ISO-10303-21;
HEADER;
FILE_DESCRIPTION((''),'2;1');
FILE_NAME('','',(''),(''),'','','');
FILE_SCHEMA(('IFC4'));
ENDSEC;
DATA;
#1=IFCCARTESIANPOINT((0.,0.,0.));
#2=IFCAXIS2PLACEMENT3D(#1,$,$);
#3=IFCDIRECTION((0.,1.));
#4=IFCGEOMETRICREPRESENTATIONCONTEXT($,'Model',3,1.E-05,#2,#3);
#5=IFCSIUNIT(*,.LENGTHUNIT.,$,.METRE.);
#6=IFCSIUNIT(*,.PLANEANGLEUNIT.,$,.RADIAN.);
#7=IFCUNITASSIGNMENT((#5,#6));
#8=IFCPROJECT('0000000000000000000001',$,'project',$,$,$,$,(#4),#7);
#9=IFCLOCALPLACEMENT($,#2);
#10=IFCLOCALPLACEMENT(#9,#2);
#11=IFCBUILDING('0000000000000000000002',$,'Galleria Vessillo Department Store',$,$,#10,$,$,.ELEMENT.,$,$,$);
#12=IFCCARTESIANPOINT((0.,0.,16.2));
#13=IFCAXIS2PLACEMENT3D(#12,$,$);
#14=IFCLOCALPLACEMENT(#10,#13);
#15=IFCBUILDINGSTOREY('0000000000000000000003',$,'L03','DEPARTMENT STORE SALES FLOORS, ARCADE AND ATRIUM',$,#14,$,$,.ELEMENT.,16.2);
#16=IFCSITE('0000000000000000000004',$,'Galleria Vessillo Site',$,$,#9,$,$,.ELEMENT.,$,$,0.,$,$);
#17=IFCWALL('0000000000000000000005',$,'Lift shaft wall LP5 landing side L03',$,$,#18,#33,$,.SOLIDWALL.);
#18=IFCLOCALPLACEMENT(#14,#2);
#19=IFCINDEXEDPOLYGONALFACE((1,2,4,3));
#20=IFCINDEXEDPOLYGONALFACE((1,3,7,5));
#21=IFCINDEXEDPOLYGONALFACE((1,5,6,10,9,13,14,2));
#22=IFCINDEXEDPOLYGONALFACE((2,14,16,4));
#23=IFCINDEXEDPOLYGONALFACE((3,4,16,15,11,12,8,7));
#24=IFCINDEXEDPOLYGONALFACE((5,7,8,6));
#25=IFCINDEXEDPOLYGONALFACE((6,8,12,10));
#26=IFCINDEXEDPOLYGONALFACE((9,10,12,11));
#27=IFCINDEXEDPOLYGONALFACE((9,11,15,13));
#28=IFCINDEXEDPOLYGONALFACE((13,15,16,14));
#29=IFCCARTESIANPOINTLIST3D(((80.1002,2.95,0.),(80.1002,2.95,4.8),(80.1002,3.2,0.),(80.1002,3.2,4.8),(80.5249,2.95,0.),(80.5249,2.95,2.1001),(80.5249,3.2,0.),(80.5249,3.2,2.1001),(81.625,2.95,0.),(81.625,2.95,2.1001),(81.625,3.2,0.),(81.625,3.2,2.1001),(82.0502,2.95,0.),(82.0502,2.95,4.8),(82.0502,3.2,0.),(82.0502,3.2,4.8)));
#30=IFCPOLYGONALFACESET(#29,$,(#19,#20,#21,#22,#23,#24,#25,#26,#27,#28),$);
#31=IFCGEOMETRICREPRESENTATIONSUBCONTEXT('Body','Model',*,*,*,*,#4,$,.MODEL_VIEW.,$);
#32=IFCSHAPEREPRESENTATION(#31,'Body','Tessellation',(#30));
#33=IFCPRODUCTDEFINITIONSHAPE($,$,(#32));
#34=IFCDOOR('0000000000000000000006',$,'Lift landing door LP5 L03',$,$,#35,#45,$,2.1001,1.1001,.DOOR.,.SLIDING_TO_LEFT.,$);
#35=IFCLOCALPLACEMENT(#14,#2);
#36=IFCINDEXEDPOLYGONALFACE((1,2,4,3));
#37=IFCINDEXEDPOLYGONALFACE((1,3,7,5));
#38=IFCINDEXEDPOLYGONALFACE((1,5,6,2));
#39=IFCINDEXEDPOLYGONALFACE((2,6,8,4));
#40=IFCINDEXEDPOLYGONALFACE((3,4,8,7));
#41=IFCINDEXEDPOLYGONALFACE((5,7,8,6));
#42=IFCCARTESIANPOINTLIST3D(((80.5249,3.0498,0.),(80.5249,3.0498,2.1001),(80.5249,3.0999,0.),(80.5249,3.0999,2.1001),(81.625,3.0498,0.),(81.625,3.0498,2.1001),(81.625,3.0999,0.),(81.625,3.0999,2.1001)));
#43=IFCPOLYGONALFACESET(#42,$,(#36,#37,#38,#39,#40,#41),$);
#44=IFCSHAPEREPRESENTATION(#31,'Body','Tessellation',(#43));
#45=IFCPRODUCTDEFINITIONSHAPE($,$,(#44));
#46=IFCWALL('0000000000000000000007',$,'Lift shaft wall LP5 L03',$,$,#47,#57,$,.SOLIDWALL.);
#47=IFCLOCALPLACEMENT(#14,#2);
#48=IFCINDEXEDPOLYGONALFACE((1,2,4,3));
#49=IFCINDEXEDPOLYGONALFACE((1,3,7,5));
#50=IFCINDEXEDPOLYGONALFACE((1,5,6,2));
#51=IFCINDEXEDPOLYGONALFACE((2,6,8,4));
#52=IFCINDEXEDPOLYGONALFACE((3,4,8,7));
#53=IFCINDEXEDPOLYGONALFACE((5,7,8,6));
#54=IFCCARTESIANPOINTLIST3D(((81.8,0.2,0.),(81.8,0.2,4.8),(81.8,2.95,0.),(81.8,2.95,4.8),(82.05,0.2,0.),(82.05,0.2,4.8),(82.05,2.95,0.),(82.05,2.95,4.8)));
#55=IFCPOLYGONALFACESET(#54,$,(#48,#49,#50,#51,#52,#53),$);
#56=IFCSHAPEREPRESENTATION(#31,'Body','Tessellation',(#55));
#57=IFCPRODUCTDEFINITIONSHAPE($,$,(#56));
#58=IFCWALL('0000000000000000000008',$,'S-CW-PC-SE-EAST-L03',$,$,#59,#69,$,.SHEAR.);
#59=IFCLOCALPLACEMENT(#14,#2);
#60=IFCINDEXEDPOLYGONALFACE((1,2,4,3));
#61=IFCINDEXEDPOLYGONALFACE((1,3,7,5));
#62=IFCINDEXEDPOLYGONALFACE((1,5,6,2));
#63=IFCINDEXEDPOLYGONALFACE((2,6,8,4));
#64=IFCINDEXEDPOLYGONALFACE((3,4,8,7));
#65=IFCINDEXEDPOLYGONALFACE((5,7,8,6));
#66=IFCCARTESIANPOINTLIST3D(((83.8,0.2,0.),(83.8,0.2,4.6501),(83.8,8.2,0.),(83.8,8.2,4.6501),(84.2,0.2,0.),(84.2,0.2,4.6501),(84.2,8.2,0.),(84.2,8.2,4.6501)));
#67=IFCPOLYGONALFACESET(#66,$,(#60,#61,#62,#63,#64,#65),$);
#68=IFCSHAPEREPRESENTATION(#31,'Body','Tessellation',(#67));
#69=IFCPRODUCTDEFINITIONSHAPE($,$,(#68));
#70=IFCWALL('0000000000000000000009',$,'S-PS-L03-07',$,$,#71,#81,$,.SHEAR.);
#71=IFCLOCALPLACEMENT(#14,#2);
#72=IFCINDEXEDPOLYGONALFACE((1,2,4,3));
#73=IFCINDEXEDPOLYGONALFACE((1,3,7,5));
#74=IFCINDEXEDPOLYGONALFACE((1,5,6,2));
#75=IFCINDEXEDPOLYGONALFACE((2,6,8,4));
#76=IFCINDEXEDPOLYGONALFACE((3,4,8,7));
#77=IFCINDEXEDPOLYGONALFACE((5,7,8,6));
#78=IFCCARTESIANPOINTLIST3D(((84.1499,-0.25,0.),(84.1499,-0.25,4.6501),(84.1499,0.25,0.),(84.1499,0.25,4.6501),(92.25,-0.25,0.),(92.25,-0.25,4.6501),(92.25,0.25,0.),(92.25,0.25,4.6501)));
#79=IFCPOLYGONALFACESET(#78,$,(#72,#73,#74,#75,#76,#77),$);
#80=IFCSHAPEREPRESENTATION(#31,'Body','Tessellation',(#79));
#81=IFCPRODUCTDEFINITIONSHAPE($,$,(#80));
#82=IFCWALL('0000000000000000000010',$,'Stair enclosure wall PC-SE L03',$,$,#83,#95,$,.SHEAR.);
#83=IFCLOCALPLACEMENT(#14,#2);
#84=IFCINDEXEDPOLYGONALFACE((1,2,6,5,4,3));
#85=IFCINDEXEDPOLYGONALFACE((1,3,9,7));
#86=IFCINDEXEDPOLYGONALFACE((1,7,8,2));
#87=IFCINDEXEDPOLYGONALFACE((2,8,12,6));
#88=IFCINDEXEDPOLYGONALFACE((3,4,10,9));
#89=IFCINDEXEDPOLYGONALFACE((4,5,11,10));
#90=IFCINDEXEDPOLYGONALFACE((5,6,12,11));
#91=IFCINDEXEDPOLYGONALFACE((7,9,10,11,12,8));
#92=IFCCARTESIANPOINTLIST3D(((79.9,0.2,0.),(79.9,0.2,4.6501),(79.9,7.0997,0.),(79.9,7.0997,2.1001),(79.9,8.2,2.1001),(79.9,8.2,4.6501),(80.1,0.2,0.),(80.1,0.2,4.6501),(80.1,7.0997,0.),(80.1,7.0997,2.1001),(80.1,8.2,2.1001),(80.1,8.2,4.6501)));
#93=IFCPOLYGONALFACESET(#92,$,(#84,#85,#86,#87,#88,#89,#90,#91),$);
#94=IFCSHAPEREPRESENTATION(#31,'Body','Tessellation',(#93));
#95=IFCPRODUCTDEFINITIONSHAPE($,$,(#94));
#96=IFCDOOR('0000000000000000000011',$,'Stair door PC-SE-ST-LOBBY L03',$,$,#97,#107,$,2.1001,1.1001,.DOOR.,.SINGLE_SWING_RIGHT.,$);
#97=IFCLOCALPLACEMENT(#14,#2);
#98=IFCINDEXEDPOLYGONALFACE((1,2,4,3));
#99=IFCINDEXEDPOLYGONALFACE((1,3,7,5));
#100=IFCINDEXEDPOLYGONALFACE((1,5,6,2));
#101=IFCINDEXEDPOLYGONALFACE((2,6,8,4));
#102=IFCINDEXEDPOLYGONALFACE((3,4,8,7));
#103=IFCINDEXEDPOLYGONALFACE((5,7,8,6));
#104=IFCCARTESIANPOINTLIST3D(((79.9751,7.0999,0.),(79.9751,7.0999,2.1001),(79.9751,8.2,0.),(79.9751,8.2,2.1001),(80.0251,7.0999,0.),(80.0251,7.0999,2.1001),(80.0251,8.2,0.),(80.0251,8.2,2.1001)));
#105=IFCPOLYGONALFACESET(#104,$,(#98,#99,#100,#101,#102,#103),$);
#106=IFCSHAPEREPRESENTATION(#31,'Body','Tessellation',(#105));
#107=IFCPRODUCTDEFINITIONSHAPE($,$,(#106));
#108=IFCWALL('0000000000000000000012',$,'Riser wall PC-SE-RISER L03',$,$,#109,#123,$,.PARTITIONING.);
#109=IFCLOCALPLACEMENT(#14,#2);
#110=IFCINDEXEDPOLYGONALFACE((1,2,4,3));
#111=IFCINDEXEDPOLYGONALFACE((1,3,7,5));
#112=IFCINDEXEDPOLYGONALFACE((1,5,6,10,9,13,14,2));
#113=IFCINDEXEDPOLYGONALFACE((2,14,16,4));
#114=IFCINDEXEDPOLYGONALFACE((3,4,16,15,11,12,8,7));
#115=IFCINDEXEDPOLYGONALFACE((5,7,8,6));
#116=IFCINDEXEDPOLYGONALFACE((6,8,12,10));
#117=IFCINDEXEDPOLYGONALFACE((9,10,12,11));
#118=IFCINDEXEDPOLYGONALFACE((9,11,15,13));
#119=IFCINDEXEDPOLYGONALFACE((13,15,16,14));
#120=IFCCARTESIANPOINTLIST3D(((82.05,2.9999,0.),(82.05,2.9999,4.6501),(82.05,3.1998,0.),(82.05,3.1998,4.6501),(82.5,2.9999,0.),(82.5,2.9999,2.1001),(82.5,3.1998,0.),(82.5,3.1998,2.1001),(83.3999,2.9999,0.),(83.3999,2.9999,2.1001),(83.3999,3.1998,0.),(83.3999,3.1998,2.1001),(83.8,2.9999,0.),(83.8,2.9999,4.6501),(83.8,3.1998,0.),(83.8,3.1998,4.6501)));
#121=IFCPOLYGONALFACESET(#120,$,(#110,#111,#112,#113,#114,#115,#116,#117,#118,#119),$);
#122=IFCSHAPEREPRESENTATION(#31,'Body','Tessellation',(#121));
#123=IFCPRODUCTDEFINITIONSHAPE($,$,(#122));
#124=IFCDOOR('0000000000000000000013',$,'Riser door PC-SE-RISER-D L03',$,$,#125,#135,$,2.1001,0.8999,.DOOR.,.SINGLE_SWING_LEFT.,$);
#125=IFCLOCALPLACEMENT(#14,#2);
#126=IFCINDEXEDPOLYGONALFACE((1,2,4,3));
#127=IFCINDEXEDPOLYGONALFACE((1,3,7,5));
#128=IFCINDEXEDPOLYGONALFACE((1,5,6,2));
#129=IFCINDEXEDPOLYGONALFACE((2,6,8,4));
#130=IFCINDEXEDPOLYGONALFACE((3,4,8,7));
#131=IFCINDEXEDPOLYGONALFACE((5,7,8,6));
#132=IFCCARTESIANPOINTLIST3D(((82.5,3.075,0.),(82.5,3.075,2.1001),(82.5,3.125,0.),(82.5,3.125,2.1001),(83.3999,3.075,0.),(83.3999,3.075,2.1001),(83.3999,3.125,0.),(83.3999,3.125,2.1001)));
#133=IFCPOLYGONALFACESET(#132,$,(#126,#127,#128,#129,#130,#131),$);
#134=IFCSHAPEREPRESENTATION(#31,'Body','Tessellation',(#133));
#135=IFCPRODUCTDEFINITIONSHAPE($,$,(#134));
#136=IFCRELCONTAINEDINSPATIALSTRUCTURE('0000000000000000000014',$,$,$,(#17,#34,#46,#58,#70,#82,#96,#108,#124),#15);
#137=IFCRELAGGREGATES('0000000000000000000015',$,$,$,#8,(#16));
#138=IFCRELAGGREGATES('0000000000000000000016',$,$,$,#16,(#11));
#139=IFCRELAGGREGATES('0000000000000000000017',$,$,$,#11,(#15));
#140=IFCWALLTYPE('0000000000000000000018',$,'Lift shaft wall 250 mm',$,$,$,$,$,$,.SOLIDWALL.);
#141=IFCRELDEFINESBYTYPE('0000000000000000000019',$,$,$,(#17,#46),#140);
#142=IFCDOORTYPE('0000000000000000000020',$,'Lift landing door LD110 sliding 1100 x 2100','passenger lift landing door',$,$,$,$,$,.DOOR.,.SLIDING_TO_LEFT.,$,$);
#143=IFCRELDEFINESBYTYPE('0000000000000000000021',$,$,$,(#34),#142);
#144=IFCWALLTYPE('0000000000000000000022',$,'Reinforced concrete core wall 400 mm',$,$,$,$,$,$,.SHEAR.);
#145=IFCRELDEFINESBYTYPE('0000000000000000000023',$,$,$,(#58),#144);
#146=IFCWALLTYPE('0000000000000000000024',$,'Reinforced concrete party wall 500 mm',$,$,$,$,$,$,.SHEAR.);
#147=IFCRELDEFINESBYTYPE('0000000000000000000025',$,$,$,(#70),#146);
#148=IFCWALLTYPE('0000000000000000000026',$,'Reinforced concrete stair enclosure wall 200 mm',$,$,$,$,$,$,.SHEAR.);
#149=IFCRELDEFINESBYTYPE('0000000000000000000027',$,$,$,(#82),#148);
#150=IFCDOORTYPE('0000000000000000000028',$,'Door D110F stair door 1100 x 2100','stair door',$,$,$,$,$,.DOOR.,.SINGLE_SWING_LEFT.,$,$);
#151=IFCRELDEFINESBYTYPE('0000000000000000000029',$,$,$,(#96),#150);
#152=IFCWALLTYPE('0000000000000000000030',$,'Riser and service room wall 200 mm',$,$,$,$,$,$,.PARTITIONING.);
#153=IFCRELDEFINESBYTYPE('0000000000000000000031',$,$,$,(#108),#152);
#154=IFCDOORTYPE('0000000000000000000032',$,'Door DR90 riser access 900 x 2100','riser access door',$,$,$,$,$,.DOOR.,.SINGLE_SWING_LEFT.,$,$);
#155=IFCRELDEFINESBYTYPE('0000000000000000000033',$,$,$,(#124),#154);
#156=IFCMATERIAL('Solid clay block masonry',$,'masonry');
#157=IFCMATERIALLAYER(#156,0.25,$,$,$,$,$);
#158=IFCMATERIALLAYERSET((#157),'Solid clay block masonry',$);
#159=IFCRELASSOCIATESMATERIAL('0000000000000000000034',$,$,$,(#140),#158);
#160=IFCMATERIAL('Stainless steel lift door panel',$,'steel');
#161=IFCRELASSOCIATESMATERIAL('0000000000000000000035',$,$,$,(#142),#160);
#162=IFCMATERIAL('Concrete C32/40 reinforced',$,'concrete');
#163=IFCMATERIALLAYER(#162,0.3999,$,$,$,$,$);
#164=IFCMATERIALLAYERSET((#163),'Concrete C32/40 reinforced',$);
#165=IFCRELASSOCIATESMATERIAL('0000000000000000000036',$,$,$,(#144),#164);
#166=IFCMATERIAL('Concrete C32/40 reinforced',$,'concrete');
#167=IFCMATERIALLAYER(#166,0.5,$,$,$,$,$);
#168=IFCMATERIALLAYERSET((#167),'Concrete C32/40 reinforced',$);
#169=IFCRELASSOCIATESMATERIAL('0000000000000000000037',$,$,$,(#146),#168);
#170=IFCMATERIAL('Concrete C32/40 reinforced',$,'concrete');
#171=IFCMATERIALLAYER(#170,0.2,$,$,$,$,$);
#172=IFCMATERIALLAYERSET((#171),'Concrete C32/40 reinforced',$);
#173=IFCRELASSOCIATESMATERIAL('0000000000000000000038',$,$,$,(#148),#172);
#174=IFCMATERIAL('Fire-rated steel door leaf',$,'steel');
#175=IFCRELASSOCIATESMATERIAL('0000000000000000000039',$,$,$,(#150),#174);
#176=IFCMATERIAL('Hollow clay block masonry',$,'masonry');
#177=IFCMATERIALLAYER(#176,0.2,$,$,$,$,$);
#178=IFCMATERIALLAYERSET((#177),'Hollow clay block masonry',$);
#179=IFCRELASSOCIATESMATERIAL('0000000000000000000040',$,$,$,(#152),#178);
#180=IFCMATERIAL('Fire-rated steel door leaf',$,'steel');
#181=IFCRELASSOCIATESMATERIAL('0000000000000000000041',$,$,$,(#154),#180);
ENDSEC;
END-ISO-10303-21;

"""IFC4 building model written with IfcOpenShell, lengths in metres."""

from ifc_helpers import new_model, si_unit, direction, frame, frame_2d, origin, place, context, subcontext, project, spatial, rectangle, extrude, material, layer, layer_set, type_object, element, fill, save


model = new_model("IFC4")

# Units and contexts
model_context = context("Model", 3, precision=1e-05, world=origin(), true_north=direction((0.0, 1.0)))
body_context = subcontext(model_context, "Body", "Model", "MODEL_VIEW")
ifc_project = project(units=[si_unit("LENGTHUNIT", "METRE"), si_unit("PLANEANGLEUNIT", "RADIAN")], contexts=[model_context])

# Site, building, storey
site_placement = place(None, origin())
site = spatial("IfcSite", under=ifc_project, at=site_placement, Name="Galleria Vessillo Site", CompositionType="ELEMENT", RefElevation=0.0)
building_placement = place(site_placement, origin())
building = spatial("IfcBuilding", under=site, at=building_placement, Name="Galleria Vessillo Department Store", CompositionType="ELEMENT")
storey_placement = place(building_placement, frame((0.0, 0.0, 16.2)))
storey = spatial("IfcBuildingStorey", under=building, at=storey_placement, Name="L03", Description="DEPARTMENT STORE SALES FLOORS, ARCADE AND ATRIUM", CompositionType="ELEMENT", Elevation=16.2)

# Wall, opening, door
ifc_material_1 = material(Name="Solid clay block masonry", Category="masonry")
ifc_layer_1 = layer(ifc_material_1, 0.25)
ifc_layer_set_1 = layer_set([ifc_layer_1], Name="Solid clay block masonry")
wall_type_1 = type_object("IfcWallType", Name="Lift shaft wall 250 mm", PredefinedType="SOLIDWALL", material=ifc_layer_set_1)
wall_1_placement = place(storey_placement, frame((80.1001, 3.075, 0.0), z_axis=(0.0, 0.0, 1.0), x_axis=(1.0, 0.0, 0.0)))
wall_1 = element("IfcWall", 1, at=wall_1_placement, inside=storey, type_object=wall_type_1, Name="Lift shaft wall LP5 landing side L03", PredefinedType="SOLIDWALL", context=body_context, shape_type="SweptSolid", body=[
    extrude(rectangle(XDim=1.95, YDim=0.25, at=frame_2d((0.9751, 0.0))), origin(), (0.0, 0.0, 1.0), 4.8),
])
opening_1_placement = place(wall_1_placement, frame((0.4248, 0.0, 0.0)))
opening_1 = element("IfcOpeningElement", 2, at=opening_1_placement, cuts=wall_1, PredefinedType="OPENING", context=body_context, shape_type="SweptSolid", body=[
    extrude(rectangle(XDim=1.1001, YDim=2.1001, at=frame_2d((0.55, 1.05))), frame((0.0, 0.135, 0.0), z_axis=(0.0, -1.0, 0.0), x_axis=(1.0, 0.0, 0.0)), (0.0, 0.0, 1.0), 0.27),
])
ifc_material_2 = material(Name="Stainless steel lift door panel", Category="steel")
door_type_1 = type_object("IfcDoorType", Name="Lift landing door LD110 sliding 1100 x 2100", Description="passenger lift landing door", OperationType="SLIDING_TO_LEFT", PredefinedType="DOOR", material=ifc_material_2)
door_1_placement = place(opening_1_placement, origin())
door_1 = element("IfcDoor", 3, at=door_1_placement, inside=storey, type_object=door_type_1, Name="Lift landing door LP5 L03", OperationType="SLIDING_TO_LEFT", OverallHeight=2.1001, OverallWidth=1.1001, PredefinedType="DOOR", context=body_context, shape_type="SweptSolid", body=[
    extrude(rectangle(XDim=1.1001, YDim=2.1001, at=frame_2d((0.55, 1.05))), frame((0.0, 0.0249, 0.0), z_axis=(0.0, -1.0, 0.0), x_axis=(1.0, 0.0, 0.0)), (0.0, 0.0, 1.0), 0.05),
])
fill(opening_1, door_1)

# Walls
wall_2_placement = place(storey_placement, frame((81.925, 0.2, 0.0), z_axis=(0.0, 0.0, 1.0), x_axis=(0.0, 1.0, 0.0)))
element("IfcWall", 4, at=wall_2_placement, inside=storey, type_object=wall_type_1, Name="Lift shaft wall LP5 L03", PredefinedType="SOLIDWALL", context=body_context, shape_type="SweptSolid", body=[
    extrude(rectangle(XDim=2.75, YDim=0.25, at=frame_2d((1.375, 0.0))), origin(), (0.0, 0.0, 1.0), 4.8),
])
ifc_material_3 = material(Name="Concrete C32/40 reinforced", Category="concrete")
ifc_layer_2 = layer(ifc_material_3, 0.3999)
ifc_layer_set_2 = layer_set([ifc_layer_2], Name="Concrete C32/40 reinforced")
wall_type_2 = type_object("IfcWallType", Name="Reinforced concrete core wall 400 mm", PredefinedType="SHEAR", material=ifc_layer_set_2)
wall_3_placement = place(storey_placement, frame((84.0, 0.2, 0.0), z_axis=(0.0, 0.0, 1.0), x_axis=(0.0, 1.0, 0.0)))
element("IfcWall", 5, at=wall_3_placement, inside=storey, type_object=wall_type_2, Name="S-CW-PC-SE-EAST-L03", PredefinedType="SHEAR", context=body_context, shape_type="SweptSolid", body=[
    extrude(rectangle(XDim=8.0, YDim=0.3999, at=frame_2d((4.0, 0.0))), origin(), (0.0, 0.0, 1.0), 4.6501),
])
ifc_material_4 = material(Name="Concrete C32/40 reinforced", Category="concrete")
ifc_layer_3 = layer(ifc_material_4, 0.5)
ifc_layer_set_3 = layer_set([ifc_layer_3], Name="Concrete C32/40 reinforced")
wall_type_3 = type_object("IfcWallType", Name="Reinforced concrete party wall 500 mm", PredefinedType="SHEAR", material=ifc_layer_set_3)
wall_4_placement = place(storey_placement, frame((84.1499, 0.0, 0.0), z_axis=(0.0, 0.0, 1.0), x_axis=(1.0, 0.0, 0.0)))
element("IfcWall", 6, at=wall_4_placement, inside=storey, type_object=wall_type_3, Name="S-PS-L03-07", PredefinedType="SHEAR", context=body_context, shape_type="SweptSolid", body=[
    extrude(rectangle(XDim=8.1001, YDim=0.5, at=frame_2d((4.05, 0.0))), origin(), (0.0, 0.0, 1.0), 4.6501),
])

# Walls, openings, doors
ifc_material_5 = material(Name="Concrete C32/40 reinforced", Category="concrete")
ifc_layer_4 = layer(ifc_material_5, 0.2)
ifc_layer_set_4 = layer_set([ifc_layer_4], Name="Concrete C32/40 reinforced")
wall_type_4 = type_object("IfcWallType", Name="Reinforced concrete stair enclosure wall 200 mm", PredefinedType="SHEAR", material=ifc_layer_set_4)
wall_5_placement = place(storey_placement, frame((80.0, 0.2, 0.0), z_axis=(0.0, 0.0, 1.0), x_axis=(0.0, 1.0, 0.0)))
wall_5 = element("IfcWall", 7, at=wall_5_placement, inside=storey, type_object=wall_type_4, Name="Stair enclosure wall PC-SE L03", PredefinedType="SHEAR", context=body_context, shape_type="SweptSolid", body=[
    extrude(rectangle(XDim=8.0, YDim=0.2, at=frame_2d((4.0, 0.0))), origin(), (0.0, 0.0, 1.0), 4.6501),
])
opening_2_placement = place(wall_5_placement, frame((6.8999, 0.0, 0.0)))
opening_2 = element("IfcOpeningElement", 8, at=opening_2_placement, cuts=wall_5, PredefinedType="OPENING", context=body_context, shape_type="SweptSolid", body=[
    extrude(rectangle(XDim=1.1101, YDim=2.1001, at=frame_2d((0.5549, 1.05))), frame((0.0, 0.1099, 0.0), z_axis=(0.0, -1.0, 0.0), x_axis=(1.0, 0.0, 0.0)), (0.0, 0.0, 1.0), 0.22),
])
ifc_material_6 = material(Name="Fire-rated steel door leaf", Category="steel")
door_type_2 = type_object("IfcDoorType", Name="Door D110F stair door 1100 x 2100", Description="stair door", OperationType="SINGLE_SWING_LEFT", PredefinedType="DOOR", material=ifc_material_6)
door_2_placement = place(opening_2_placement, origin())
door_2 = element("IfcDoor", 9, at=door_2_placement, inside=storey, type_object=door_type_2, Name="Stair door PC-SE-ST-LOBBY L03", OperationType="SINGLE_SWING_RIGHT", OverallHeight=2.1001, OverallWidth=1.1001, PredefinedType="DOOR", context=body_context, shape_type="SweptSolid", body=[
    extrude(rectangle(XDim=1.1001, YDim=2.1001, at=frame_2d((0.55, 1.05))), frame((0.0, 0.0249, 0.0), z_axis=(0.0, -1.0, 0.0), x_axis=(1.0, 0.0, 0.0)), (0.0, 0.0, 1.0), 0.05),
])
fill(opening_2, door_2)
ifc_material_7 = material(Name="Hollow clay block masonry", Category="masonry")
ifc_layer_5 = layer(ifc_material_7, 0.2)
ifc_layer_set_5 = layer_set([ifc_layer_5], Name="Hollow clay block masonry")
wall_type_5 = type_object("IfcWallType", Name="Riser and service room wall 200 mm", PredefinedType="PARTITIONING", material=ifc_layer_set_5)
wall_6_placement = place(storey_placement, frame((82.05, 3.0999, 0.0), z_axis=(0.0, 0.0, 1.0), x_axis=(1.0, 0.0, 0.0)))
wall_6 = element("IfcWall", 10, at=wall_6_placement, inside=storey, type_object=wall_type_5, Name="Riser wall PC-SE-RISER L03", PredefinedType="PARTITIONING", context=body_context, shape_type="SweptSolid", body=[
    extrude(rectangle(XDim=1.75, YDim=0.2, at=frame_2d((0.875, 0.0))), origin(), (0.0, 0.0, 1.0), 4.6501),
])
opening_3_placement = place(wall_6_placement, frame((0.45, 0.0, 0.0)))
opening_3 = element("IfcOpeningElement", 11, at=opening_3_placement, cuts=wall_6, PredefinedType="OPENING", context=body_context, shape_type="SweptSolid", body=[
    extrude(rectangle(XDim=0.8999, YDim=2.1001, at=frame_2d((0.45, 1.05))), frame((0.0, 0.1099, 0.0), z_axis=(0.0, -1.0, 0.0), x_axis=(1.0, 0.0, 0.0)), (0.0, 0.0, 1.0), 0.22),
])
ifc_material_8 = material(Name="Fire-rated steel door leaf", Category="steel")
door_type_3 = type_object("IfcDoorType", Name="Door DR90 riser access 900 x 2100", Description="riser access door", OperationType="SINGLE_SWING_LEFT", PredefinedType="DOOR", material=ifc_material_8)
door_3_placement = place(opening_3_placement, frame((0.8999, 0.0, 0.0), z_axis=(0.0, 0.0, 1.0), x_axis=(-1.0, 0.0, 0.0)))
door_3 = element("IfcDoor", 12, at=door_3_placement, inside=storey, type_object=door_type_3, Name="Riser door PC-SE-RISER-D L03", OperationType="SINGLE_SWING_LEFT", OverallHeight=2.1001, OverallWidth=0.8999, PredefinedType="DOOR", context=body_context, shape_type="SweptSolid", body=[
    extrude(rectangle(XDim=0.8999, YDim=2.1001, at=frame_2d((0.45, 1.05))), frame((0.0, 0.0249, 0.0), z_axis=(0.0, -1.0, 0.0), x_axis=(1.0, 0.0, 0.0)), (0.0, 0.0, 1.0), 0.05),
])
fill(opening_3, door_3)

save(model, "model.ifc")
